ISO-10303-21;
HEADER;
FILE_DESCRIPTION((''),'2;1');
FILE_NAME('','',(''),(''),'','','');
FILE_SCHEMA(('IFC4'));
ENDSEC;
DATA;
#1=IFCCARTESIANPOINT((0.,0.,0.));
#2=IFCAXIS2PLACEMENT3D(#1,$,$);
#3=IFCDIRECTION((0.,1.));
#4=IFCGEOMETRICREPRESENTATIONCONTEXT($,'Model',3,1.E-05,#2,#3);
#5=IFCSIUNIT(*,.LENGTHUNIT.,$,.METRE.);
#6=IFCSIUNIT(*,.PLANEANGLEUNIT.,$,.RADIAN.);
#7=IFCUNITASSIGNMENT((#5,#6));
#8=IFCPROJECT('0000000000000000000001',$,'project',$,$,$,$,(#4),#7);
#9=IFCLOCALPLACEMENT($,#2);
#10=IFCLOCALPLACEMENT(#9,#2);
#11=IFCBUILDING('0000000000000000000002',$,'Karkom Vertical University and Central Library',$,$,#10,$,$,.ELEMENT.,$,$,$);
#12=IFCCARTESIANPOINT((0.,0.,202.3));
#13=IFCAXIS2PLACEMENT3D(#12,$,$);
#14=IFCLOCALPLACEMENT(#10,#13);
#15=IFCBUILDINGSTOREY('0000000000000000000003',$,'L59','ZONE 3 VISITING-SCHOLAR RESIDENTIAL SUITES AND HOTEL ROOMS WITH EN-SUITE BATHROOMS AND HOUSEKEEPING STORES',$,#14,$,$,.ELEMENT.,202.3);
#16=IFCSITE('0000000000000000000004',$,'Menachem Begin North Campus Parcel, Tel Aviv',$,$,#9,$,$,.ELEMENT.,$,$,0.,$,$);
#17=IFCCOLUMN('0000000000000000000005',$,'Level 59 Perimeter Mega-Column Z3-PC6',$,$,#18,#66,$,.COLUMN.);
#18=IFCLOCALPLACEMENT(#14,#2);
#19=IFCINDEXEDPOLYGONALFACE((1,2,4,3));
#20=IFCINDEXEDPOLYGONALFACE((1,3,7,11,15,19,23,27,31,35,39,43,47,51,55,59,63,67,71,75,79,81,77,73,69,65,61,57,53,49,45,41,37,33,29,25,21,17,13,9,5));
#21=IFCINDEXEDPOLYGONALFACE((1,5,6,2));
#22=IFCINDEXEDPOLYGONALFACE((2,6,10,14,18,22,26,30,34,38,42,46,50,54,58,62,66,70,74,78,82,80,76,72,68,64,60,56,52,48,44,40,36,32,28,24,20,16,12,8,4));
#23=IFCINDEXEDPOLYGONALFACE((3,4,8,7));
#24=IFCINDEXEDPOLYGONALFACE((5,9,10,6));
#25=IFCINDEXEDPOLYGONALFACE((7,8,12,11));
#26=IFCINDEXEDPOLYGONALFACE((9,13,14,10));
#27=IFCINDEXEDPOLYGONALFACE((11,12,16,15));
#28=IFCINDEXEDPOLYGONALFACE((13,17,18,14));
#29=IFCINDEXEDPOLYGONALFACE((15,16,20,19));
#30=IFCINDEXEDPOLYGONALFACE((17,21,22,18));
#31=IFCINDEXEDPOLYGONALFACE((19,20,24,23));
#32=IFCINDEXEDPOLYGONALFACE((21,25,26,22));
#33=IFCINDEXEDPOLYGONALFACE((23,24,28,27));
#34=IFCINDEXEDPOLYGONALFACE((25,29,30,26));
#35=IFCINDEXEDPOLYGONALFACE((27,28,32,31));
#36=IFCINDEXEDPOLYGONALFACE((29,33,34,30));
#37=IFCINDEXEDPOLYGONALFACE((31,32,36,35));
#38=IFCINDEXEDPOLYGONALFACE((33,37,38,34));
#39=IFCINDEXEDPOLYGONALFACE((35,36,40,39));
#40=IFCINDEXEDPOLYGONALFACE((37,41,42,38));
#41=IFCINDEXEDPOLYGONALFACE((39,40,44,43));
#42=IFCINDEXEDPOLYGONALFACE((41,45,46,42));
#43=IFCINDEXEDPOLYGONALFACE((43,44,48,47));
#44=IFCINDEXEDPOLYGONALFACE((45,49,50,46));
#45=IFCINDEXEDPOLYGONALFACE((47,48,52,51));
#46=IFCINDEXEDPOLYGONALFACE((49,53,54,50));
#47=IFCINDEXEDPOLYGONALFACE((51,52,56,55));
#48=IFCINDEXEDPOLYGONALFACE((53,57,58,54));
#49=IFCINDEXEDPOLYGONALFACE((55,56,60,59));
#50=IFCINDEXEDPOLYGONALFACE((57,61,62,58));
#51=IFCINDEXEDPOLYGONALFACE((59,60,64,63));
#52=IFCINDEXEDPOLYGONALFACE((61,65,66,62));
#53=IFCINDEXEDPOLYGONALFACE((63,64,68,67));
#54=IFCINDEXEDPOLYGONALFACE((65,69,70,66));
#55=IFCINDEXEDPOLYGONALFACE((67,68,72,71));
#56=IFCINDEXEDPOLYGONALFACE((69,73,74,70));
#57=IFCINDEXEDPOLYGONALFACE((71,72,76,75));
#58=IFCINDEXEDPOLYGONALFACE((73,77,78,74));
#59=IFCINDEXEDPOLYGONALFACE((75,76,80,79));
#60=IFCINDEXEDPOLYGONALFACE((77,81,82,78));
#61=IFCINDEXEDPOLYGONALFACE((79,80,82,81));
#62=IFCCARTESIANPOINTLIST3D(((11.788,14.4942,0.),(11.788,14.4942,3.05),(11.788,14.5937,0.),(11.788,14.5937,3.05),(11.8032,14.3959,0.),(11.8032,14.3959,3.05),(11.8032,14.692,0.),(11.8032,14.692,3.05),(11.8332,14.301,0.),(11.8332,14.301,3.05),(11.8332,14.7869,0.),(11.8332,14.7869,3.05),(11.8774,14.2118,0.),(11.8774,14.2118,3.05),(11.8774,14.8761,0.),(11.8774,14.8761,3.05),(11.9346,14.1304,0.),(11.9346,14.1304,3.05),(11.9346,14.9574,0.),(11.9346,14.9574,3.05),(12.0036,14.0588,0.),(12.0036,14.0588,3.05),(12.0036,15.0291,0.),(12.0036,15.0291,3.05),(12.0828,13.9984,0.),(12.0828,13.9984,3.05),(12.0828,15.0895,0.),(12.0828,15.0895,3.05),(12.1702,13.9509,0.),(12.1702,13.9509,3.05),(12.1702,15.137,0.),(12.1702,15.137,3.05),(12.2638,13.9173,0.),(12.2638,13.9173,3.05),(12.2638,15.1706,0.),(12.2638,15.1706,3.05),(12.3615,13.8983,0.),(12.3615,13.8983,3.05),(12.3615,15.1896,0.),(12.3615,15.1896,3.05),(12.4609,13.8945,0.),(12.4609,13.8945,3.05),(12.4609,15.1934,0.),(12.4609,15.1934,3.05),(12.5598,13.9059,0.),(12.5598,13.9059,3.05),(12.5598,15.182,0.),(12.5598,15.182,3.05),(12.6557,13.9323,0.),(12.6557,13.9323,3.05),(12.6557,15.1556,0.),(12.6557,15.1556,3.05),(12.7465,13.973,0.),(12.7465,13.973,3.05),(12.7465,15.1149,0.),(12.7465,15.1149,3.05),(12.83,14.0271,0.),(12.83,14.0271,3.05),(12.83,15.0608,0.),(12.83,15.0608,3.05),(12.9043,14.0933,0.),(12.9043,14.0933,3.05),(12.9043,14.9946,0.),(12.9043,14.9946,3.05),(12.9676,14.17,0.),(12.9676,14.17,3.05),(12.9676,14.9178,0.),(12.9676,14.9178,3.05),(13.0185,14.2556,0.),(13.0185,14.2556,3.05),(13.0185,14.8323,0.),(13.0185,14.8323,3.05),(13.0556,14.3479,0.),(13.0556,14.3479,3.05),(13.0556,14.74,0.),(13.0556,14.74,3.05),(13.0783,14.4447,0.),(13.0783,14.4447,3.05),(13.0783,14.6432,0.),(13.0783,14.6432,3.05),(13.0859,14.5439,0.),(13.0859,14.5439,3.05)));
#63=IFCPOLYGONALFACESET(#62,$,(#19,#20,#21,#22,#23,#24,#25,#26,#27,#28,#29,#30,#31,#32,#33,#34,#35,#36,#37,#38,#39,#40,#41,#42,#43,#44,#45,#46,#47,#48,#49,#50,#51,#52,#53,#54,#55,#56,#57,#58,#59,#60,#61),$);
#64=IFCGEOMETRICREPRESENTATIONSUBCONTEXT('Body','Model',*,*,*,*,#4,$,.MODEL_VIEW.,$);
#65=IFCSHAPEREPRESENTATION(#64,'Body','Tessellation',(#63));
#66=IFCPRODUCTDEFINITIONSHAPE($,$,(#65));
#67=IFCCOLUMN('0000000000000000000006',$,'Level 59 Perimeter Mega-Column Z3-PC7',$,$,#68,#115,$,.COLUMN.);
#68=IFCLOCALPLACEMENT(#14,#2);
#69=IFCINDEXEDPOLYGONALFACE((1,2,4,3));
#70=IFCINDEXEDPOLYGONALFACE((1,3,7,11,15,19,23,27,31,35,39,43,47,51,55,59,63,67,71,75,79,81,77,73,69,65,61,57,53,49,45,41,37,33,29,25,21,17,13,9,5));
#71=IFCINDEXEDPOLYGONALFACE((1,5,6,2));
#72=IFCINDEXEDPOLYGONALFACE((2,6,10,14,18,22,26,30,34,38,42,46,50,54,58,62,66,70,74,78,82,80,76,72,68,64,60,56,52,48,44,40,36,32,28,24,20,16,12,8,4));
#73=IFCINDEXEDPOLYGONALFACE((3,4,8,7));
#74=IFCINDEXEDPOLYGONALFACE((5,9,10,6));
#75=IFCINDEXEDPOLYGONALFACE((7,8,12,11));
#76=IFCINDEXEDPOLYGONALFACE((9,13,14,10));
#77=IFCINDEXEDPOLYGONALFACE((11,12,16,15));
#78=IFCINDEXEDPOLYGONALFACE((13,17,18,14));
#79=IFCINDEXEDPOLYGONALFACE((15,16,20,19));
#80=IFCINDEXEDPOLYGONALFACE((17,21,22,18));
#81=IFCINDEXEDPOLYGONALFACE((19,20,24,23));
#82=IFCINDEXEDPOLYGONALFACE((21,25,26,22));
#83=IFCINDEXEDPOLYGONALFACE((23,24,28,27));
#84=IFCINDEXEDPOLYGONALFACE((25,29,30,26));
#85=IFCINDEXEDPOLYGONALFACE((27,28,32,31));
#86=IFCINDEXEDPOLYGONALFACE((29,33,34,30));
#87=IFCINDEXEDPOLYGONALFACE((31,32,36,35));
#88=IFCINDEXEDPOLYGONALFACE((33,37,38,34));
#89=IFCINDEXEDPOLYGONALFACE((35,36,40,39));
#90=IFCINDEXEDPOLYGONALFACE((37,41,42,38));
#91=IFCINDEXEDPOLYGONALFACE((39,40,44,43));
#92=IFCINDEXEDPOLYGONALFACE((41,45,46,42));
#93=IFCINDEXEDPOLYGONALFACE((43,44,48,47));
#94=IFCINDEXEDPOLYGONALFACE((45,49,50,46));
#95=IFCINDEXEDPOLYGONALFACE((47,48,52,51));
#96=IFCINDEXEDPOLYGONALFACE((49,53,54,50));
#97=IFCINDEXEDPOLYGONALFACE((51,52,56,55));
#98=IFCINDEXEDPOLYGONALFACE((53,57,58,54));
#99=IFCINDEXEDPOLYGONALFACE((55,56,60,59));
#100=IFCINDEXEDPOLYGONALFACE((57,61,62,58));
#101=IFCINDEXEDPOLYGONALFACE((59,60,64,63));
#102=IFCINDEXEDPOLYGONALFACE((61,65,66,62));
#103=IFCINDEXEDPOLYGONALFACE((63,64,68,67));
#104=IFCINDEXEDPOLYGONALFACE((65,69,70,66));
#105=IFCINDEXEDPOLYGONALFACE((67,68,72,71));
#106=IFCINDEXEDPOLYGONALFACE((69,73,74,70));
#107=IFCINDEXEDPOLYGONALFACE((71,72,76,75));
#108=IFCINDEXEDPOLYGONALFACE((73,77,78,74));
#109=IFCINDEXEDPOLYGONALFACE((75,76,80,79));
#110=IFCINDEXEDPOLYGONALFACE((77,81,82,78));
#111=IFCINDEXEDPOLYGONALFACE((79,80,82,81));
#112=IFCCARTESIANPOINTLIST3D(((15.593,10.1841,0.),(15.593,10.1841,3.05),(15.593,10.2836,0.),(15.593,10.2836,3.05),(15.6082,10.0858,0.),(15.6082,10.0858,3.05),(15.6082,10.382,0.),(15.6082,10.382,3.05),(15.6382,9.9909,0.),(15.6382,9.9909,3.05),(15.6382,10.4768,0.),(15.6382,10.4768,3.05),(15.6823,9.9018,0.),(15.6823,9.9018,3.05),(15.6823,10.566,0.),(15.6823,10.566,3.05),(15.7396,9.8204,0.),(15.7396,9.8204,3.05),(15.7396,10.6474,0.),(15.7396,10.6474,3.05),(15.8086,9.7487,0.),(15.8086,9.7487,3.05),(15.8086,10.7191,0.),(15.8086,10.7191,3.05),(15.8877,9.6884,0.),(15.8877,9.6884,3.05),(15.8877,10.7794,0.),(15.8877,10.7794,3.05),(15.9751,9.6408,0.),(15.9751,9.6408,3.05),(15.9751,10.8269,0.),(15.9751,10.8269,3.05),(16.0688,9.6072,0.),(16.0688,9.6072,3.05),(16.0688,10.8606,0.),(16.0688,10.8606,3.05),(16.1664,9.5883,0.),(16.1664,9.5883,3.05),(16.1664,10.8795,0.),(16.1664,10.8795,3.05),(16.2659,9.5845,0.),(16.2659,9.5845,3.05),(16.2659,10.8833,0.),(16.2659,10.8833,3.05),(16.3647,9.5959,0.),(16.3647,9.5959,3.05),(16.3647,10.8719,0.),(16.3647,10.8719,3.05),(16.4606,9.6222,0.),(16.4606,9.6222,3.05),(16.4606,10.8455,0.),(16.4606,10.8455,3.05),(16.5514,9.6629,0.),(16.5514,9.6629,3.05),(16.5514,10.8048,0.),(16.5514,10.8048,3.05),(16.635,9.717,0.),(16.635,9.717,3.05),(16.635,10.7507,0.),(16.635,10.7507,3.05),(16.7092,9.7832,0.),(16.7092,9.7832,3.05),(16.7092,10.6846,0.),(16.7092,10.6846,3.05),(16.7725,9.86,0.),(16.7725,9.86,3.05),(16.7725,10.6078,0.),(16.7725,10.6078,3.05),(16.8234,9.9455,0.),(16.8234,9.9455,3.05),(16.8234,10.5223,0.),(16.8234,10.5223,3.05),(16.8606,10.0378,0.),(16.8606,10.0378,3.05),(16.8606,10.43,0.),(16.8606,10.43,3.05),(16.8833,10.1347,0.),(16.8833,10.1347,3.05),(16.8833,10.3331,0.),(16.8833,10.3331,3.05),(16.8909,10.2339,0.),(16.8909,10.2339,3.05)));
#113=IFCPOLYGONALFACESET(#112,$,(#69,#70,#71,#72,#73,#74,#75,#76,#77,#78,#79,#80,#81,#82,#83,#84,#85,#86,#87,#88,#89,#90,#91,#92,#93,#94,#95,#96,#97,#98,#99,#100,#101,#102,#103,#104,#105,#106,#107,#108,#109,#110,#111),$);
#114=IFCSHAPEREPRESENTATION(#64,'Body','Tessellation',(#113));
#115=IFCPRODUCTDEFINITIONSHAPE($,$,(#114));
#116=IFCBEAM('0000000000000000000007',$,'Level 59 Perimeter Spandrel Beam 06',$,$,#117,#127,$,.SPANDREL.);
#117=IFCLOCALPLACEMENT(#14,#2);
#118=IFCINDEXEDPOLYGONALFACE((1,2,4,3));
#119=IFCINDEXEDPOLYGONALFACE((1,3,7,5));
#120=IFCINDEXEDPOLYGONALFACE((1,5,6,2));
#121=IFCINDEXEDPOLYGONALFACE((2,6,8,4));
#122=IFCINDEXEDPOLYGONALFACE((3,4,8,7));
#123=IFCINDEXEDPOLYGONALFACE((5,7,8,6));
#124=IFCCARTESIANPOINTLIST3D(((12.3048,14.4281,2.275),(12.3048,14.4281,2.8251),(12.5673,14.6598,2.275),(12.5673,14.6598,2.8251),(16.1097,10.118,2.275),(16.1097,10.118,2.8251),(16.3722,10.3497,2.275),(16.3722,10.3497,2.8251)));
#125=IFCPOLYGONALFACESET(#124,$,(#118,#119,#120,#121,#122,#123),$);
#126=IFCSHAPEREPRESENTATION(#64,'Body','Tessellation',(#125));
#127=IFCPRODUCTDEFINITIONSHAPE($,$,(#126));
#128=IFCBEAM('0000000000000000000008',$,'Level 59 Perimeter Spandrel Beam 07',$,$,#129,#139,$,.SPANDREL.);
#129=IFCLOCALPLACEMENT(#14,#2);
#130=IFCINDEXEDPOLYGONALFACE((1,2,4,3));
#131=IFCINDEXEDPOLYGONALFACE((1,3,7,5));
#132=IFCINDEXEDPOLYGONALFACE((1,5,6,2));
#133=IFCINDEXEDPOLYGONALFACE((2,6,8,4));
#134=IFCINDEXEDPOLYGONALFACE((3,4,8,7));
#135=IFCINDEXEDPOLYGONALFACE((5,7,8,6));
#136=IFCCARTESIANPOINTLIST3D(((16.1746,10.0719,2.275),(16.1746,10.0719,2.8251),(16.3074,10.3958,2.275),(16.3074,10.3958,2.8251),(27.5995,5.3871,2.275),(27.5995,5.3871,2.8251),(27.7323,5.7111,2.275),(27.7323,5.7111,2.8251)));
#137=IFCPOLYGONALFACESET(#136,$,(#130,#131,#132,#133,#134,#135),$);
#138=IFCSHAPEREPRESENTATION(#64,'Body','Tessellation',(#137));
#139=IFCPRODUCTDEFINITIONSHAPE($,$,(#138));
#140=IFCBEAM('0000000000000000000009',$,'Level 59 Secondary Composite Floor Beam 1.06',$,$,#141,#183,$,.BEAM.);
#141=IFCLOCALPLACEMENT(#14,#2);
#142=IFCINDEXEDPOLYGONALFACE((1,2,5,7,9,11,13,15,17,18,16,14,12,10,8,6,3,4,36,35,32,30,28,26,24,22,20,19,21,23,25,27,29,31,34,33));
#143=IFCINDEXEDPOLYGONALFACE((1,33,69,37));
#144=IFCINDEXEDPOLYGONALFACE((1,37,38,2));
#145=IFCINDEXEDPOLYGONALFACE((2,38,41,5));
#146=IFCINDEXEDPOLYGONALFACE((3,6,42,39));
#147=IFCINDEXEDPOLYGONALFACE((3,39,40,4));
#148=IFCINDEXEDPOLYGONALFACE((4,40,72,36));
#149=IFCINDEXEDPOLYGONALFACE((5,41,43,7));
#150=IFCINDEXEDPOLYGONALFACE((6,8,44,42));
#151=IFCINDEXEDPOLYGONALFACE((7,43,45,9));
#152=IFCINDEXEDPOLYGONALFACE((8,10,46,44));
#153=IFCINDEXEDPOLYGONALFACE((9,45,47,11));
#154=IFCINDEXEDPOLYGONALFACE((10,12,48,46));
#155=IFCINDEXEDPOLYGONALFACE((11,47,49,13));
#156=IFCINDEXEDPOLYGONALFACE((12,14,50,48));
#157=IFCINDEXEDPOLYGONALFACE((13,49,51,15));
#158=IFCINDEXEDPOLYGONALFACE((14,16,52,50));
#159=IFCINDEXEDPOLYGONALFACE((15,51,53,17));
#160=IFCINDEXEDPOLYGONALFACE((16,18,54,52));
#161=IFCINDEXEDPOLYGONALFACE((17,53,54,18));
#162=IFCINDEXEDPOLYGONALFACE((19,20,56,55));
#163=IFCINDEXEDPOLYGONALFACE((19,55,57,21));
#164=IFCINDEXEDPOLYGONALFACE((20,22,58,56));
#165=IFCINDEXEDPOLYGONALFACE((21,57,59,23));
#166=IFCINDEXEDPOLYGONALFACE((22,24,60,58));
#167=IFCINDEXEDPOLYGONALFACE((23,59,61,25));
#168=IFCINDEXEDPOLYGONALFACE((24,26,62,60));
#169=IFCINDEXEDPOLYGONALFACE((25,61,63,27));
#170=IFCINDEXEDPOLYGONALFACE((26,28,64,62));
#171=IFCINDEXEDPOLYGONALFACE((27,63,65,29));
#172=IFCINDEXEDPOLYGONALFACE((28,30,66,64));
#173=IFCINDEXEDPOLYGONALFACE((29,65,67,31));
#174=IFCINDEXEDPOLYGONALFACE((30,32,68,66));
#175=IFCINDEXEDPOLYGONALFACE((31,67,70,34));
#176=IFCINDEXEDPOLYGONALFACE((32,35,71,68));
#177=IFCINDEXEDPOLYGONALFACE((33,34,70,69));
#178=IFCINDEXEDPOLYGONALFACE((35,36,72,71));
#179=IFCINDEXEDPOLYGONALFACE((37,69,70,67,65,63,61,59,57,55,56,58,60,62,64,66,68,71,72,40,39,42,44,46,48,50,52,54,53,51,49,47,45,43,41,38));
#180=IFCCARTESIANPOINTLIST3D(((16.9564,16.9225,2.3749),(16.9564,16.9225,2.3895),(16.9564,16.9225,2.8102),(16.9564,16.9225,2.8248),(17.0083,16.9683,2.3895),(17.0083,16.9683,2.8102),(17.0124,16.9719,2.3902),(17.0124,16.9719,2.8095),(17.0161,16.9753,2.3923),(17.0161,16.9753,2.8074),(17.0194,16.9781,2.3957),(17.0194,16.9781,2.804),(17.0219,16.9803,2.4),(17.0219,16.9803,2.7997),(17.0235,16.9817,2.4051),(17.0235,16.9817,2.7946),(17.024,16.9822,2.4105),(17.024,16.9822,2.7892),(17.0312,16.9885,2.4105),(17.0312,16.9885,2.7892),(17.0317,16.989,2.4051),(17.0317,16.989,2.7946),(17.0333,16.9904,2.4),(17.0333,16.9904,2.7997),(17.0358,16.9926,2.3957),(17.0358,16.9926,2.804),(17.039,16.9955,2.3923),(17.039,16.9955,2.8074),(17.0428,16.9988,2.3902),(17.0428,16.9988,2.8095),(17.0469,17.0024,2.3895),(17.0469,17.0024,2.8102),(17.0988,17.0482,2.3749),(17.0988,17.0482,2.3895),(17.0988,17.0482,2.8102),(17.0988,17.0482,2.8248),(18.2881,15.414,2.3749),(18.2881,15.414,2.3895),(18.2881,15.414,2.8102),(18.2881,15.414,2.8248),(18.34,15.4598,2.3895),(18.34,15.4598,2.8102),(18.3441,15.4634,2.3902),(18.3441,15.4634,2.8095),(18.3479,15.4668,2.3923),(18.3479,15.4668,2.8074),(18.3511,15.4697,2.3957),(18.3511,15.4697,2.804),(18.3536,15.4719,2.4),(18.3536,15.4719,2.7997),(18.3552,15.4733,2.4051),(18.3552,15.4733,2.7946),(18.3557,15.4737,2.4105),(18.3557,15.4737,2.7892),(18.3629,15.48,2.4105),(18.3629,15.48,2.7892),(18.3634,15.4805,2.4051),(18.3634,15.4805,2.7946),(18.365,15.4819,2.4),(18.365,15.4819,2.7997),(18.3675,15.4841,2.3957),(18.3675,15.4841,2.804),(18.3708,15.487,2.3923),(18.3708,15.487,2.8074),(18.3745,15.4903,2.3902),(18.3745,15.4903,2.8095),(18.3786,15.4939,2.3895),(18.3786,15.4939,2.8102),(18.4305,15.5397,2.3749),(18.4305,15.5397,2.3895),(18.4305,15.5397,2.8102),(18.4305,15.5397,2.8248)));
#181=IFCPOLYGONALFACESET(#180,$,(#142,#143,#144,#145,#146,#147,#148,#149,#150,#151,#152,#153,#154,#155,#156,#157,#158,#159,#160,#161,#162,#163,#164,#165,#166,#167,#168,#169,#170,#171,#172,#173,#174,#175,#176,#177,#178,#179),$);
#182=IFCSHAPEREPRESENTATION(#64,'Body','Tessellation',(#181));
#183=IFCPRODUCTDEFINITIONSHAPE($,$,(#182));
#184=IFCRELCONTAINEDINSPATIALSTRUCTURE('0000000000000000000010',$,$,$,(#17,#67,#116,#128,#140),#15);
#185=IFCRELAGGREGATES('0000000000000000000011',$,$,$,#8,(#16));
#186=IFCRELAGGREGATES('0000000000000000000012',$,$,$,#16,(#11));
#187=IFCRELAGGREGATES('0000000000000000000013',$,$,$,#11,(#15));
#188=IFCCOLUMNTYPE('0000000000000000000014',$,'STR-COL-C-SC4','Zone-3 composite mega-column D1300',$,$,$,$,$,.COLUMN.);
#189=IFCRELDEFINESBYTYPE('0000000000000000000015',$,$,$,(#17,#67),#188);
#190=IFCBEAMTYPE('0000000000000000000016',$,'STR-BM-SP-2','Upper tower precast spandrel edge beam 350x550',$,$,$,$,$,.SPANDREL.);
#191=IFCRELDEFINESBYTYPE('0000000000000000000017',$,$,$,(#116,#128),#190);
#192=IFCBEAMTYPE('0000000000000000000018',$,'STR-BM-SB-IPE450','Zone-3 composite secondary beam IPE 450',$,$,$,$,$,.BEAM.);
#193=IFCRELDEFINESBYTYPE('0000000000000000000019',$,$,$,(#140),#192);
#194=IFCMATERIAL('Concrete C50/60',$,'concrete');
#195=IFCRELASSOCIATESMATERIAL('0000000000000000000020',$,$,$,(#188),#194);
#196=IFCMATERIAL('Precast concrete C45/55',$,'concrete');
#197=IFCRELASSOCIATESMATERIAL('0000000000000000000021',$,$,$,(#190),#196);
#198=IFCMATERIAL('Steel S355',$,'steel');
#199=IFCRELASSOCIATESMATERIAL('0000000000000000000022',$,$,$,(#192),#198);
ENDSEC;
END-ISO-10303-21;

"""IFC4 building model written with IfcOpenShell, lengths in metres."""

from ifc_helpers import new_model, si_unit, direction, frame, origin, origin_with_axes, origin_2d, place, context, subcontext, project, spatial, rectangle, circle, i_section, extrude, source, transform, mapped, material, material_profile, profile_set, type_object, element, save


model = new_model("IFC4")

# Units and contexts
model_context = context("Model", 3, precision=1e-05, world=origin(), true_north=direction((0.0, 1.0)))
body_context = subcontext(model_context, "Body", "Model", "MODEL_VIEW")
ifc_project = project(units=[si_unit("LENGTHUNIT", "METRE"), si_unit("PLANEANGLEUNIT", "RADIAN")], contexts=[model_context])

# Site, building, storey
site_placement = place(None, origin())
site = spatial("IfcSite", under=ifc_project, at=site_placement, Name="Menachem Begin North Campus Parcel, Tel Aviv", CompositionType="ELEMENT", RefElevation=0.0)
building_placement = place(site_placement, origin())
building = spatial("IfcBuilding", under=site, at=building_placement, Name="Karkom Vertical University and Central Library", CompositionType="ELEMENT")
storey_placement = place(building_placement, frame((0.0, 0.0, 202.3)))
storey = spatial("IfcBuildingStorey", under=building, at=storey_placement, Name="L59", Description="ZONE 3 VISITING-SCHOLAR RESIDENTIAL SUITES AND HOTEL ROOMS WITH EN-SUITE BATHROOMS AND HOUSEKEEPING STORES", CompositionType="ELEMENT", Elevation=202.3)

# Columns
ifc_material_1 = material(Name="Concrete C50/60", Category="concrete")
ifc_material_profile_1 = material_profile(ifc_material_1, circle(Radius=0.6499, at=origin_2d()), Name="CFT-D1300")
ifc_profile_set_1 = profile_set([ifc_material_profile_1], Name="Concrete C50/60")
column_type = type_object("IfcColumnType", Name="STR-COL-C-SC4", Description="Zone-3 composite mega-column D1300", PredefinedType="COLUMN", material=ifc_profile_set_1)
shared_shape_1 = source(origin_with_axes(), body_context, "Body", "SweptSolid", [
    extrude(circle(Radius=0.6499, at=origin_2d()), origin(), (0.0, 0.0, 1.0), 3.05),
])
for number, where, z_axis, x_axis, name in (
    (1, (12.436, 14.5439, 0.0), (0.0, 0.0, 1.0), (1.0, 0.0, 0.0), "Level 59 Perimeter Mega-Column Z3-PC6"),
    (2, (16.241, 10.2339, 0.0), (0.0, 0.0, 1.0), (1.0, 0.0, 0.0), "Level 59 Perimeter Mega-Column Z3-PC7"),
):
    element("IfcColumn", number, at=place(storey_placement, frame(where, z_axis=z_axis, x_axis=x_axis)), inside=storey, type_object=column_type, Name=name, PredefinedType="COLUMN", context=body_context, shape_type="MappedRepresentation", body=[
        mapped(shared_shape_1, transform((0.0, 0.0, 0.0), scale=1.0)),
    ])

# Beams
ifc_material_2 = material(Name="Precast concrete C45/55", Category="concrete")
ifc_material_profile_2 = material_profile(ifc_material_2, rectangle(XDim=0.3501, YDim=0.55, at=origin_2d()), Name="SPB-350x550")
ifc_profile_set_2 = profile_set([ifc_material_profile_2], Name="Precast concrete C45/55")
beam_type_1 = type_object("IfcBeamType", Name="STR-BM-SP-2", Description="Upper tower precast spandrel edge beam 350x550", PredefinedType="SPANDREL", material=ifc_profile_set_2)
shared_shape_2 = source(origin_with_axes(), body_context, "Body", "SweptSolid", [
    extrude(rectangle(XDim=0.3501, YDim=0.55, at=origin_2d()), origin(), (0.0, 0.0, 1.0), 5.7493),
])
beam_1_placement = place(storey_placement, frame((12.436, 14.5439, 2.55), z_axis=(0.661811, -0.749671, 0.0), x_axis=(0.749671, 0.661811, 0.0)))
element("IfcBeam", 3, at=beam_1_placement, inside=storey, type_object=beam_type_1, Name="Level 59 Perimeter Spandrel Beam 06", PredefinedType="SPANDREL", context=body_context, shape_type="MappedRepresentation", body=[
    mapped(shared_shape_2, transform((0.0, 0.0, 0.0), scale=1.0)),
])
shared_shape_3 = source(origin_with_axes(), body_context, "Body", "SweptSolid", [
    extrude(rectangle(XDim=0.3501, YDim=0.55, at=origin_2d()), origin(), (0.0, 0.0, 1.0), 12.3481),
])
beam_2_placement = place(storey_placement, frame((16.241, 10.2339, 2.55), z_axis=(0.925236, -0.379391, 0.0), x_axis=(0.379391, 0.925236, 0.0)))
element("IfcBeam", 4, at=beam_2_placement, inside=storey, type_object=beam_type_1, Name="Level 59 Perimeter Spandrel Beam 07", PredefinedType="SPANDREL", context=body_context, shape_type="MappedRepresentation", body=[
    mapped(shared_shape_3, transform((0.0, 0.0, 0.0), scale=1.0)),
])
ifc_material_3 = material(Name="Steel S355", Category="steel")
ifc_material_profile_3 = material_profile(ifc_material_3, i_section(OverallWidth=0.1899, OverallDepth=0.45, WebThickness=0.0095, FlangeThickness=0.0146, FilletRadius=0.021, at=origin_2d()), Name="IPE 450")
ifc_profile_set_3 = profile_set([ifc_material_profile_3], Name="Steel S355")
beam_type_2 = type_object("IfcBeamType", Name="STR-BM-SB-IPE450", Description="Zone-3 composite secondary beam IPE 450", PredefinedType="BEAM", material=ifc_profile_set_3)
shared_shape_4 = source(origin_with_axes(), body_context, "Body", "SweptSolid", [
    extrude(i_section(OverallWidth=0.1899, OverallDepth=0.45, WebThickness=0.0095, FlangeThickness=0.0146, FilletRadius=0.021, at=origin_2d()), origin(), (0.0, 0.0, 1.0), 2.0122),
])
beam_3_placement = place(storey_placement, frame((17.0276, 16.9854, 2.5999), z_axis=(0.661822, -0.749661, 0.0), x_axis=(0.749661, 0.661822, 0.0)))
element("IfcBeam", 5, at=beam_3_placement, inside=storey, type_object=beam_type_2, Name="Level 59 Secondary Composite Floor Beam 1.06", PredefinedType="BEAM", context=body_context, shape_type="MappedRepresentation", body=[
    mapped(shared_shape_4, transform((0.0, 0.0, 0.0), scale=1.0)),
])

save(model, "model.ifc")
